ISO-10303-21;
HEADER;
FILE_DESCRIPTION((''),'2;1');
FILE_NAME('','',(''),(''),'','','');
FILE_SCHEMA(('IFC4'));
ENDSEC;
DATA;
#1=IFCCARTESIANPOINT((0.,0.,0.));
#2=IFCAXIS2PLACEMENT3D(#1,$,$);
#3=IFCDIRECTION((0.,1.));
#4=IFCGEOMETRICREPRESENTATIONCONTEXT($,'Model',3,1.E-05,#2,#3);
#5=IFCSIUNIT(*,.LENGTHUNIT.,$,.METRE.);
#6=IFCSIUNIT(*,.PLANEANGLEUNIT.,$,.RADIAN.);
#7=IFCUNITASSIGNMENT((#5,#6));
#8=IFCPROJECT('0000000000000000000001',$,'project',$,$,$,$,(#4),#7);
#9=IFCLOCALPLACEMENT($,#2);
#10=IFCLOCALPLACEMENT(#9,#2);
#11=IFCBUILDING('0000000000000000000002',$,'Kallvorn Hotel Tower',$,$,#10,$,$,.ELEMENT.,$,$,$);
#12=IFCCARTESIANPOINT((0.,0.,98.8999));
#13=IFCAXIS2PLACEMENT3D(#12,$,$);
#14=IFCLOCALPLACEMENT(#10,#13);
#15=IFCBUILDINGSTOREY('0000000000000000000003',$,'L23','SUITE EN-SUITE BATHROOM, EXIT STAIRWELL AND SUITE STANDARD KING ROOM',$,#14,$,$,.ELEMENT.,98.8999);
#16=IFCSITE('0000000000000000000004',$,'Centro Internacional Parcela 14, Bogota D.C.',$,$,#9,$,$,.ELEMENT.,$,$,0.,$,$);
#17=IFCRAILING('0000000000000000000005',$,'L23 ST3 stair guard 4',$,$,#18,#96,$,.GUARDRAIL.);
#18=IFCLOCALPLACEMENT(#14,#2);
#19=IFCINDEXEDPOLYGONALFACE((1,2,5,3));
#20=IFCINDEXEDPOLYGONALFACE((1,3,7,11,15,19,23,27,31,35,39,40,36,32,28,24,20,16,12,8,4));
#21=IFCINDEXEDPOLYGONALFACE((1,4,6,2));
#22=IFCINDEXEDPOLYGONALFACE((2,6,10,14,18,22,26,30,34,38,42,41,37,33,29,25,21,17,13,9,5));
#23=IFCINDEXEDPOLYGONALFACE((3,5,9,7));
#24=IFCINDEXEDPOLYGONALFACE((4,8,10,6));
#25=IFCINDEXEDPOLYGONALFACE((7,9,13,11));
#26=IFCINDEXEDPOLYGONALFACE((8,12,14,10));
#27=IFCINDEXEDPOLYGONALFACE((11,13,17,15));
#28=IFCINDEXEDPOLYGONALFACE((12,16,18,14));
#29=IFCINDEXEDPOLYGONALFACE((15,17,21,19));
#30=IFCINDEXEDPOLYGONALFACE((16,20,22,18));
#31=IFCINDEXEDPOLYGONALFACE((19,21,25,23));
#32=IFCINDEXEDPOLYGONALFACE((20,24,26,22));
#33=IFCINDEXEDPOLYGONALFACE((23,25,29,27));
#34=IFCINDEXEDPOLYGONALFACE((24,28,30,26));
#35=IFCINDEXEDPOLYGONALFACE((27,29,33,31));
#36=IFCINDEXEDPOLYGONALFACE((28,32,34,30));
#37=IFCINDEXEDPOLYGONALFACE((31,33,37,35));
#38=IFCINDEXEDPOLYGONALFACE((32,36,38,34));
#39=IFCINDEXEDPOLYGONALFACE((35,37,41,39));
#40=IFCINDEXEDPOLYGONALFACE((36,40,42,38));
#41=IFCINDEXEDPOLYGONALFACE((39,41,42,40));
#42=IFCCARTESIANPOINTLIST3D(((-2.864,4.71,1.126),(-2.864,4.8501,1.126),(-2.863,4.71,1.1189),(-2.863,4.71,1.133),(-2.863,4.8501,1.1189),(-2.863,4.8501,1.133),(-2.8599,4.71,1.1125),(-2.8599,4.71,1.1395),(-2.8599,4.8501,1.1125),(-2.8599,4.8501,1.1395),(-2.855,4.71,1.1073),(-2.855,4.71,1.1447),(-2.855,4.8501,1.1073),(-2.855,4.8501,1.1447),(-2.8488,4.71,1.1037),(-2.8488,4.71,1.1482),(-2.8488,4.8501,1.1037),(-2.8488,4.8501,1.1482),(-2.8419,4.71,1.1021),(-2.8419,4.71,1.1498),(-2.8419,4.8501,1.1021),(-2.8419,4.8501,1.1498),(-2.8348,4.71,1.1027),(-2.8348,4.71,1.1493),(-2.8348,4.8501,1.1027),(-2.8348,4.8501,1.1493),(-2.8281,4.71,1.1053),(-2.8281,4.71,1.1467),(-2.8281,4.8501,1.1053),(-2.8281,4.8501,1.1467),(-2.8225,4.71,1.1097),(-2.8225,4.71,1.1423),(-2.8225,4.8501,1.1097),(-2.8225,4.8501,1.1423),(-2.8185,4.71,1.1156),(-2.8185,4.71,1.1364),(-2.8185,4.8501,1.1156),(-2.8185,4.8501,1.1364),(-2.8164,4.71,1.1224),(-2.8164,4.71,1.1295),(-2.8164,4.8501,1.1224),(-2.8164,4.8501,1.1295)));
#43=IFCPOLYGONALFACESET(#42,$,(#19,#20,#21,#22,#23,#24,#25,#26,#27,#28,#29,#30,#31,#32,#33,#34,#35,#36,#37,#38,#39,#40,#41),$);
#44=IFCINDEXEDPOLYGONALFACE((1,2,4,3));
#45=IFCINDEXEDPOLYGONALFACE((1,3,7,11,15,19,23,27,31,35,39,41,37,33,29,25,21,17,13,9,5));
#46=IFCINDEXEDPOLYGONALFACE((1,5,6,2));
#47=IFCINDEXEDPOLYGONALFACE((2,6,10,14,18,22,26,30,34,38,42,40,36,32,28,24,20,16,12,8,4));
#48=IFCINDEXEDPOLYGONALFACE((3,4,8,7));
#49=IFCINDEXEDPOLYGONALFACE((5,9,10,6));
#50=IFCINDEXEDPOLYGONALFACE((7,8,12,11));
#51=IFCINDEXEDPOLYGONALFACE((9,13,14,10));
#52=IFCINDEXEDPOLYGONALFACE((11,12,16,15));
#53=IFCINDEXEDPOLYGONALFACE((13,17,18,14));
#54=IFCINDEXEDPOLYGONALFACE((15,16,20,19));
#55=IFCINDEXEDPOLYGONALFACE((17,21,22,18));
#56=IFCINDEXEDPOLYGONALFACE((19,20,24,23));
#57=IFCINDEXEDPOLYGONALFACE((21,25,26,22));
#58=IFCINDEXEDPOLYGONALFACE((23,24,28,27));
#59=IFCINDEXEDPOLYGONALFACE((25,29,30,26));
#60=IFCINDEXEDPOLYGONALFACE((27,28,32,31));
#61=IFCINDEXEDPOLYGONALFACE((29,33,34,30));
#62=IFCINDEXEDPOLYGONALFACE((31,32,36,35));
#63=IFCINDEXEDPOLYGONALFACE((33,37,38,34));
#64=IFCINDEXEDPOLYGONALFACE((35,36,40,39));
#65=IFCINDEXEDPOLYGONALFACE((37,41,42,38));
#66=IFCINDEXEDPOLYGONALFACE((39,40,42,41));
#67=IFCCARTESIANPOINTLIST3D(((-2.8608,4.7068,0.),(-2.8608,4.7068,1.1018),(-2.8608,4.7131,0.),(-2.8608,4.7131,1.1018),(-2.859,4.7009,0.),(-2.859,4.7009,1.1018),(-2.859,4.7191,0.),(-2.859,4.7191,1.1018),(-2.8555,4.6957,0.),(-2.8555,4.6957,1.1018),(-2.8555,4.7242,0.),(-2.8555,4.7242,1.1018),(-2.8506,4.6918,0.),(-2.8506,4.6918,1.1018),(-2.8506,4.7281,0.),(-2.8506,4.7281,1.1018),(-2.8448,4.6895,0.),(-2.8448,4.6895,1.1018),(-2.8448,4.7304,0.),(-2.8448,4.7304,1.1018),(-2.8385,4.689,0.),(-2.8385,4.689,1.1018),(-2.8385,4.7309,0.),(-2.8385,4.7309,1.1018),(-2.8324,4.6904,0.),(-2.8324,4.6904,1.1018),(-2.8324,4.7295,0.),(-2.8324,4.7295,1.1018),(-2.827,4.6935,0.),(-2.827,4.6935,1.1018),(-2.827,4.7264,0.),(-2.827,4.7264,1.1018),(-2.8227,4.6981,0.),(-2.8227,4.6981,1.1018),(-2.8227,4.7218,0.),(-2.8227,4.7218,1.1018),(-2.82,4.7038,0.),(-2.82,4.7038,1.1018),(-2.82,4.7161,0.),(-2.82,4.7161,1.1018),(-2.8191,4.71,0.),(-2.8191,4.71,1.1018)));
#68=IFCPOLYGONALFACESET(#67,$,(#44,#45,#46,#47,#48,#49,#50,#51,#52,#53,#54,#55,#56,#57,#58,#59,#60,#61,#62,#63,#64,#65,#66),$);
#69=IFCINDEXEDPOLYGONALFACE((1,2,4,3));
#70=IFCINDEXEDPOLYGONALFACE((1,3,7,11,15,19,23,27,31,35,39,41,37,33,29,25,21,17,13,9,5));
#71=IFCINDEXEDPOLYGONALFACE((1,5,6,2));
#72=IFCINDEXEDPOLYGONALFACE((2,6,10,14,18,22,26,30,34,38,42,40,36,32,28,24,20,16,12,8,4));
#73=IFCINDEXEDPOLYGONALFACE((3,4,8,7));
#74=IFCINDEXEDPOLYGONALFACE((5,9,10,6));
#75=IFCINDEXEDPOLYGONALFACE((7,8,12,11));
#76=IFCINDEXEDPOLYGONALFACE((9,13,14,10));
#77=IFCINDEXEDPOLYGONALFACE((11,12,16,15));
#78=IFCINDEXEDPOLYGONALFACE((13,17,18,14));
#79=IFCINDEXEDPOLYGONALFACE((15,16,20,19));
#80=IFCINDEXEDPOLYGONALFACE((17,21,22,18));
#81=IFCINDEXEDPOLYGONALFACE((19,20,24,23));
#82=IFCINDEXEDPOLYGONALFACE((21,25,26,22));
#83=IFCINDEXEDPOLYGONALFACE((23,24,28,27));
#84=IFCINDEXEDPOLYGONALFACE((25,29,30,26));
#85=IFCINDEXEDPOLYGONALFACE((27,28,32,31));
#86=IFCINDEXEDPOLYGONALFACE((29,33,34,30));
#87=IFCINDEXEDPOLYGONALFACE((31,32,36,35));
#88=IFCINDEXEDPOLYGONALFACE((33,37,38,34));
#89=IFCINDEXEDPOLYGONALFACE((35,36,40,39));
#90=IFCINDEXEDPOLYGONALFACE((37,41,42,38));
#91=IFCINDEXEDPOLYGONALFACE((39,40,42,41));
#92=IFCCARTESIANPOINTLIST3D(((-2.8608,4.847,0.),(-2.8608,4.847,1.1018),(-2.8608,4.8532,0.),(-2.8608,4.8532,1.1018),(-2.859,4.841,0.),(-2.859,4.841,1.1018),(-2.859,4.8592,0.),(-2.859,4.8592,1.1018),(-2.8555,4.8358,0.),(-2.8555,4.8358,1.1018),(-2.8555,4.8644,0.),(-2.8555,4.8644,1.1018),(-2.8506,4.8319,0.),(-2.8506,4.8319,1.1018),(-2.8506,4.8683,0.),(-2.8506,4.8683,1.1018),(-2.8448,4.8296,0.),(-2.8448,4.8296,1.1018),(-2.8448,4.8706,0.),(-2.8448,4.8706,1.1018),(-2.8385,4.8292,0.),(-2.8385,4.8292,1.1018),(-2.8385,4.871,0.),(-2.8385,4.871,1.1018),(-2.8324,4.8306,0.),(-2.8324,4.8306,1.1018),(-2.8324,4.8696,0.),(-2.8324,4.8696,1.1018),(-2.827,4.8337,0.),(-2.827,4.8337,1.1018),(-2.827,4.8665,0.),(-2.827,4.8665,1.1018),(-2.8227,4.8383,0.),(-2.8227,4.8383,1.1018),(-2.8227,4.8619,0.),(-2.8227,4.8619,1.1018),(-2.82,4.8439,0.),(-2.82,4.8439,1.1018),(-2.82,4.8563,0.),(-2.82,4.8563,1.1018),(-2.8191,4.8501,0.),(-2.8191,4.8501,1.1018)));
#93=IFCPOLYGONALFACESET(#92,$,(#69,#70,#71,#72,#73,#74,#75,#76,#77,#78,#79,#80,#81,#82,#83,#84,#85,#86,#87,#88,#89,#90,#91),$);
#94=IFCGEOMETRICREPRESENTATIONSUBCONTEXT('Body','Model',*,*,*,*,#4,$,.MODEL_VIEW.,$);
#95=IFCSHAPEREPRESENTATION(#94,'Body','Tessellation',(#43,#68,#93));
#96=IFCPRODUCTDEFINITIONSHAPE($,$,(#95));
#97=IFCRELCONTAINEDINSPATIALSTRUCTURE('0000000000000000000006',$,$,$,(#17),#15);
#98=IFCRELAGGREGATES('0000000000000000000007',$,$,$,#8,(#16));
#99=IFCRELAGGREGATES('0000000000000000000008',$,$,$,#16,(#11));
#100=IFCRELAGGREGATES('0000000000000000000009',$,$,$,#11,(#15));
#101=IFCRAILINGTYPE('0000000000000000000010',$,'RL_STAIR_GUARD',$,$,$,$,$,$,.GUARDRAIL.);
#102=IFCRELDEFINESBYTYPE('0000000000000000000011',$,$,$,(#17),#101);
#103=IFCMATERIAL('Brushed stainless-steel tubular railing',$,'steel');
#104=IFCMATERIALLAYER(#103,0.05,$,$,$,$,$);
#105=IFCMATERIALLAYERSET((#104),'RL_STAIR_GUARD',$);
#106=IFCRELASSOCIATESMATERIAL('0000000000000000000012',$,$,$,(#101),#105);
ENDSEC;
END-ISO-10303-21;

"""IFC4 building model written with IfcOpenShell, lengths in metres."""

from ifc_helpers import new_model, si_unit, direction, frame, origin, origin_2d, place, context, subcontext, project, spatial, circle, extrude, material, layer, layer_set, type_object, element, save


model = new_model("IFC4")

# Units and contexts
model_context = context("Model", 3, precision=1e-05, world=origin(), true_north=direction((0.0, 1.0)))
body_context = subcontext(model_context, "Body", "Model", "MODEL_VIEW")
ifc_project = project(units=[si_unit("LENGTHUNIT", "METRE"), si_unit("PLANEANGLEUNIT", "RADIAN")], contexts=[model_context])

# Site, building, storey
site_placement = place(None, origin())
site = spatial("IfcSite", under=ifc_project, at=site_placement, Name="Centro Internacional Parcela 14, Bogota D.C.", CompositionType="ELEMENT", RefElevation=0.0)
building_placement = place(site_placement, origin())
building = spatial("IfcBuilding", under=site, at=building_placement, Name="Kallvorn Hotel Tower", CompositionType="ELEMENT")
storey_placement = place(building_placement, frame((0.0, 0.0, 98.8999)))
storey = spatial("IfcBuildingStorey", under=building, at=storey_placement, Name="L23", Description="SUITE EN-SUITE BATHROOM, EXIT STAIRWELL AND SUITE STANDARD KING ROOM", CompositionType="ELEMENT", Elevation=98.8999)

# Railing
ifc_material_1 = material(Name="Brushed stainless-steel tubular railing", Category="steel")
ifc_layer_1 = layer(ifc_material_1, 0.05)
ifc_layer_set_1 = layer_set([ifc_layer_1], Name="RL_STAIR_GUARD")
railing_type_1 = type_object("IfcRailingType", Name="RL_STAIR_GUARD", PredefinedType="GUARDRAIL", material=ifc_layer_set_1)
railing_1_placement = place(storey_placement, frame((-2.8401, 4.71, 0.0)))
element("IfcRailing", 1, at=railing_1_placement, inside=storey, type_object=railing_type_1, Name="L23 ST3 stair guard 4", PredefinedType="GUARDRAIL", context=body_context, shape_type="SweptSolid", body=[
    extrude(circle(Radius=0.0239, at=origin_2d()), frame((0.0, 0.0, 1.126), z_axis=(0.0, 1.0, 0.0), x_axis=(-1.0, 0.0, 0.0)), (0.0, 0.0, 1.0), 0.1401),
    extrude(circle(Radius=0.021, at=origin_2d()), origin(), (0.0, 0.0, 1.0), 1.1018),
    extrude(circle(Radius=0.021, at=origin_2d()), frame((0.0, 0.1401, 0.0)), (0.0, 0.0, 1.0), 1.1018),
])

save(model, "model.ifc")
